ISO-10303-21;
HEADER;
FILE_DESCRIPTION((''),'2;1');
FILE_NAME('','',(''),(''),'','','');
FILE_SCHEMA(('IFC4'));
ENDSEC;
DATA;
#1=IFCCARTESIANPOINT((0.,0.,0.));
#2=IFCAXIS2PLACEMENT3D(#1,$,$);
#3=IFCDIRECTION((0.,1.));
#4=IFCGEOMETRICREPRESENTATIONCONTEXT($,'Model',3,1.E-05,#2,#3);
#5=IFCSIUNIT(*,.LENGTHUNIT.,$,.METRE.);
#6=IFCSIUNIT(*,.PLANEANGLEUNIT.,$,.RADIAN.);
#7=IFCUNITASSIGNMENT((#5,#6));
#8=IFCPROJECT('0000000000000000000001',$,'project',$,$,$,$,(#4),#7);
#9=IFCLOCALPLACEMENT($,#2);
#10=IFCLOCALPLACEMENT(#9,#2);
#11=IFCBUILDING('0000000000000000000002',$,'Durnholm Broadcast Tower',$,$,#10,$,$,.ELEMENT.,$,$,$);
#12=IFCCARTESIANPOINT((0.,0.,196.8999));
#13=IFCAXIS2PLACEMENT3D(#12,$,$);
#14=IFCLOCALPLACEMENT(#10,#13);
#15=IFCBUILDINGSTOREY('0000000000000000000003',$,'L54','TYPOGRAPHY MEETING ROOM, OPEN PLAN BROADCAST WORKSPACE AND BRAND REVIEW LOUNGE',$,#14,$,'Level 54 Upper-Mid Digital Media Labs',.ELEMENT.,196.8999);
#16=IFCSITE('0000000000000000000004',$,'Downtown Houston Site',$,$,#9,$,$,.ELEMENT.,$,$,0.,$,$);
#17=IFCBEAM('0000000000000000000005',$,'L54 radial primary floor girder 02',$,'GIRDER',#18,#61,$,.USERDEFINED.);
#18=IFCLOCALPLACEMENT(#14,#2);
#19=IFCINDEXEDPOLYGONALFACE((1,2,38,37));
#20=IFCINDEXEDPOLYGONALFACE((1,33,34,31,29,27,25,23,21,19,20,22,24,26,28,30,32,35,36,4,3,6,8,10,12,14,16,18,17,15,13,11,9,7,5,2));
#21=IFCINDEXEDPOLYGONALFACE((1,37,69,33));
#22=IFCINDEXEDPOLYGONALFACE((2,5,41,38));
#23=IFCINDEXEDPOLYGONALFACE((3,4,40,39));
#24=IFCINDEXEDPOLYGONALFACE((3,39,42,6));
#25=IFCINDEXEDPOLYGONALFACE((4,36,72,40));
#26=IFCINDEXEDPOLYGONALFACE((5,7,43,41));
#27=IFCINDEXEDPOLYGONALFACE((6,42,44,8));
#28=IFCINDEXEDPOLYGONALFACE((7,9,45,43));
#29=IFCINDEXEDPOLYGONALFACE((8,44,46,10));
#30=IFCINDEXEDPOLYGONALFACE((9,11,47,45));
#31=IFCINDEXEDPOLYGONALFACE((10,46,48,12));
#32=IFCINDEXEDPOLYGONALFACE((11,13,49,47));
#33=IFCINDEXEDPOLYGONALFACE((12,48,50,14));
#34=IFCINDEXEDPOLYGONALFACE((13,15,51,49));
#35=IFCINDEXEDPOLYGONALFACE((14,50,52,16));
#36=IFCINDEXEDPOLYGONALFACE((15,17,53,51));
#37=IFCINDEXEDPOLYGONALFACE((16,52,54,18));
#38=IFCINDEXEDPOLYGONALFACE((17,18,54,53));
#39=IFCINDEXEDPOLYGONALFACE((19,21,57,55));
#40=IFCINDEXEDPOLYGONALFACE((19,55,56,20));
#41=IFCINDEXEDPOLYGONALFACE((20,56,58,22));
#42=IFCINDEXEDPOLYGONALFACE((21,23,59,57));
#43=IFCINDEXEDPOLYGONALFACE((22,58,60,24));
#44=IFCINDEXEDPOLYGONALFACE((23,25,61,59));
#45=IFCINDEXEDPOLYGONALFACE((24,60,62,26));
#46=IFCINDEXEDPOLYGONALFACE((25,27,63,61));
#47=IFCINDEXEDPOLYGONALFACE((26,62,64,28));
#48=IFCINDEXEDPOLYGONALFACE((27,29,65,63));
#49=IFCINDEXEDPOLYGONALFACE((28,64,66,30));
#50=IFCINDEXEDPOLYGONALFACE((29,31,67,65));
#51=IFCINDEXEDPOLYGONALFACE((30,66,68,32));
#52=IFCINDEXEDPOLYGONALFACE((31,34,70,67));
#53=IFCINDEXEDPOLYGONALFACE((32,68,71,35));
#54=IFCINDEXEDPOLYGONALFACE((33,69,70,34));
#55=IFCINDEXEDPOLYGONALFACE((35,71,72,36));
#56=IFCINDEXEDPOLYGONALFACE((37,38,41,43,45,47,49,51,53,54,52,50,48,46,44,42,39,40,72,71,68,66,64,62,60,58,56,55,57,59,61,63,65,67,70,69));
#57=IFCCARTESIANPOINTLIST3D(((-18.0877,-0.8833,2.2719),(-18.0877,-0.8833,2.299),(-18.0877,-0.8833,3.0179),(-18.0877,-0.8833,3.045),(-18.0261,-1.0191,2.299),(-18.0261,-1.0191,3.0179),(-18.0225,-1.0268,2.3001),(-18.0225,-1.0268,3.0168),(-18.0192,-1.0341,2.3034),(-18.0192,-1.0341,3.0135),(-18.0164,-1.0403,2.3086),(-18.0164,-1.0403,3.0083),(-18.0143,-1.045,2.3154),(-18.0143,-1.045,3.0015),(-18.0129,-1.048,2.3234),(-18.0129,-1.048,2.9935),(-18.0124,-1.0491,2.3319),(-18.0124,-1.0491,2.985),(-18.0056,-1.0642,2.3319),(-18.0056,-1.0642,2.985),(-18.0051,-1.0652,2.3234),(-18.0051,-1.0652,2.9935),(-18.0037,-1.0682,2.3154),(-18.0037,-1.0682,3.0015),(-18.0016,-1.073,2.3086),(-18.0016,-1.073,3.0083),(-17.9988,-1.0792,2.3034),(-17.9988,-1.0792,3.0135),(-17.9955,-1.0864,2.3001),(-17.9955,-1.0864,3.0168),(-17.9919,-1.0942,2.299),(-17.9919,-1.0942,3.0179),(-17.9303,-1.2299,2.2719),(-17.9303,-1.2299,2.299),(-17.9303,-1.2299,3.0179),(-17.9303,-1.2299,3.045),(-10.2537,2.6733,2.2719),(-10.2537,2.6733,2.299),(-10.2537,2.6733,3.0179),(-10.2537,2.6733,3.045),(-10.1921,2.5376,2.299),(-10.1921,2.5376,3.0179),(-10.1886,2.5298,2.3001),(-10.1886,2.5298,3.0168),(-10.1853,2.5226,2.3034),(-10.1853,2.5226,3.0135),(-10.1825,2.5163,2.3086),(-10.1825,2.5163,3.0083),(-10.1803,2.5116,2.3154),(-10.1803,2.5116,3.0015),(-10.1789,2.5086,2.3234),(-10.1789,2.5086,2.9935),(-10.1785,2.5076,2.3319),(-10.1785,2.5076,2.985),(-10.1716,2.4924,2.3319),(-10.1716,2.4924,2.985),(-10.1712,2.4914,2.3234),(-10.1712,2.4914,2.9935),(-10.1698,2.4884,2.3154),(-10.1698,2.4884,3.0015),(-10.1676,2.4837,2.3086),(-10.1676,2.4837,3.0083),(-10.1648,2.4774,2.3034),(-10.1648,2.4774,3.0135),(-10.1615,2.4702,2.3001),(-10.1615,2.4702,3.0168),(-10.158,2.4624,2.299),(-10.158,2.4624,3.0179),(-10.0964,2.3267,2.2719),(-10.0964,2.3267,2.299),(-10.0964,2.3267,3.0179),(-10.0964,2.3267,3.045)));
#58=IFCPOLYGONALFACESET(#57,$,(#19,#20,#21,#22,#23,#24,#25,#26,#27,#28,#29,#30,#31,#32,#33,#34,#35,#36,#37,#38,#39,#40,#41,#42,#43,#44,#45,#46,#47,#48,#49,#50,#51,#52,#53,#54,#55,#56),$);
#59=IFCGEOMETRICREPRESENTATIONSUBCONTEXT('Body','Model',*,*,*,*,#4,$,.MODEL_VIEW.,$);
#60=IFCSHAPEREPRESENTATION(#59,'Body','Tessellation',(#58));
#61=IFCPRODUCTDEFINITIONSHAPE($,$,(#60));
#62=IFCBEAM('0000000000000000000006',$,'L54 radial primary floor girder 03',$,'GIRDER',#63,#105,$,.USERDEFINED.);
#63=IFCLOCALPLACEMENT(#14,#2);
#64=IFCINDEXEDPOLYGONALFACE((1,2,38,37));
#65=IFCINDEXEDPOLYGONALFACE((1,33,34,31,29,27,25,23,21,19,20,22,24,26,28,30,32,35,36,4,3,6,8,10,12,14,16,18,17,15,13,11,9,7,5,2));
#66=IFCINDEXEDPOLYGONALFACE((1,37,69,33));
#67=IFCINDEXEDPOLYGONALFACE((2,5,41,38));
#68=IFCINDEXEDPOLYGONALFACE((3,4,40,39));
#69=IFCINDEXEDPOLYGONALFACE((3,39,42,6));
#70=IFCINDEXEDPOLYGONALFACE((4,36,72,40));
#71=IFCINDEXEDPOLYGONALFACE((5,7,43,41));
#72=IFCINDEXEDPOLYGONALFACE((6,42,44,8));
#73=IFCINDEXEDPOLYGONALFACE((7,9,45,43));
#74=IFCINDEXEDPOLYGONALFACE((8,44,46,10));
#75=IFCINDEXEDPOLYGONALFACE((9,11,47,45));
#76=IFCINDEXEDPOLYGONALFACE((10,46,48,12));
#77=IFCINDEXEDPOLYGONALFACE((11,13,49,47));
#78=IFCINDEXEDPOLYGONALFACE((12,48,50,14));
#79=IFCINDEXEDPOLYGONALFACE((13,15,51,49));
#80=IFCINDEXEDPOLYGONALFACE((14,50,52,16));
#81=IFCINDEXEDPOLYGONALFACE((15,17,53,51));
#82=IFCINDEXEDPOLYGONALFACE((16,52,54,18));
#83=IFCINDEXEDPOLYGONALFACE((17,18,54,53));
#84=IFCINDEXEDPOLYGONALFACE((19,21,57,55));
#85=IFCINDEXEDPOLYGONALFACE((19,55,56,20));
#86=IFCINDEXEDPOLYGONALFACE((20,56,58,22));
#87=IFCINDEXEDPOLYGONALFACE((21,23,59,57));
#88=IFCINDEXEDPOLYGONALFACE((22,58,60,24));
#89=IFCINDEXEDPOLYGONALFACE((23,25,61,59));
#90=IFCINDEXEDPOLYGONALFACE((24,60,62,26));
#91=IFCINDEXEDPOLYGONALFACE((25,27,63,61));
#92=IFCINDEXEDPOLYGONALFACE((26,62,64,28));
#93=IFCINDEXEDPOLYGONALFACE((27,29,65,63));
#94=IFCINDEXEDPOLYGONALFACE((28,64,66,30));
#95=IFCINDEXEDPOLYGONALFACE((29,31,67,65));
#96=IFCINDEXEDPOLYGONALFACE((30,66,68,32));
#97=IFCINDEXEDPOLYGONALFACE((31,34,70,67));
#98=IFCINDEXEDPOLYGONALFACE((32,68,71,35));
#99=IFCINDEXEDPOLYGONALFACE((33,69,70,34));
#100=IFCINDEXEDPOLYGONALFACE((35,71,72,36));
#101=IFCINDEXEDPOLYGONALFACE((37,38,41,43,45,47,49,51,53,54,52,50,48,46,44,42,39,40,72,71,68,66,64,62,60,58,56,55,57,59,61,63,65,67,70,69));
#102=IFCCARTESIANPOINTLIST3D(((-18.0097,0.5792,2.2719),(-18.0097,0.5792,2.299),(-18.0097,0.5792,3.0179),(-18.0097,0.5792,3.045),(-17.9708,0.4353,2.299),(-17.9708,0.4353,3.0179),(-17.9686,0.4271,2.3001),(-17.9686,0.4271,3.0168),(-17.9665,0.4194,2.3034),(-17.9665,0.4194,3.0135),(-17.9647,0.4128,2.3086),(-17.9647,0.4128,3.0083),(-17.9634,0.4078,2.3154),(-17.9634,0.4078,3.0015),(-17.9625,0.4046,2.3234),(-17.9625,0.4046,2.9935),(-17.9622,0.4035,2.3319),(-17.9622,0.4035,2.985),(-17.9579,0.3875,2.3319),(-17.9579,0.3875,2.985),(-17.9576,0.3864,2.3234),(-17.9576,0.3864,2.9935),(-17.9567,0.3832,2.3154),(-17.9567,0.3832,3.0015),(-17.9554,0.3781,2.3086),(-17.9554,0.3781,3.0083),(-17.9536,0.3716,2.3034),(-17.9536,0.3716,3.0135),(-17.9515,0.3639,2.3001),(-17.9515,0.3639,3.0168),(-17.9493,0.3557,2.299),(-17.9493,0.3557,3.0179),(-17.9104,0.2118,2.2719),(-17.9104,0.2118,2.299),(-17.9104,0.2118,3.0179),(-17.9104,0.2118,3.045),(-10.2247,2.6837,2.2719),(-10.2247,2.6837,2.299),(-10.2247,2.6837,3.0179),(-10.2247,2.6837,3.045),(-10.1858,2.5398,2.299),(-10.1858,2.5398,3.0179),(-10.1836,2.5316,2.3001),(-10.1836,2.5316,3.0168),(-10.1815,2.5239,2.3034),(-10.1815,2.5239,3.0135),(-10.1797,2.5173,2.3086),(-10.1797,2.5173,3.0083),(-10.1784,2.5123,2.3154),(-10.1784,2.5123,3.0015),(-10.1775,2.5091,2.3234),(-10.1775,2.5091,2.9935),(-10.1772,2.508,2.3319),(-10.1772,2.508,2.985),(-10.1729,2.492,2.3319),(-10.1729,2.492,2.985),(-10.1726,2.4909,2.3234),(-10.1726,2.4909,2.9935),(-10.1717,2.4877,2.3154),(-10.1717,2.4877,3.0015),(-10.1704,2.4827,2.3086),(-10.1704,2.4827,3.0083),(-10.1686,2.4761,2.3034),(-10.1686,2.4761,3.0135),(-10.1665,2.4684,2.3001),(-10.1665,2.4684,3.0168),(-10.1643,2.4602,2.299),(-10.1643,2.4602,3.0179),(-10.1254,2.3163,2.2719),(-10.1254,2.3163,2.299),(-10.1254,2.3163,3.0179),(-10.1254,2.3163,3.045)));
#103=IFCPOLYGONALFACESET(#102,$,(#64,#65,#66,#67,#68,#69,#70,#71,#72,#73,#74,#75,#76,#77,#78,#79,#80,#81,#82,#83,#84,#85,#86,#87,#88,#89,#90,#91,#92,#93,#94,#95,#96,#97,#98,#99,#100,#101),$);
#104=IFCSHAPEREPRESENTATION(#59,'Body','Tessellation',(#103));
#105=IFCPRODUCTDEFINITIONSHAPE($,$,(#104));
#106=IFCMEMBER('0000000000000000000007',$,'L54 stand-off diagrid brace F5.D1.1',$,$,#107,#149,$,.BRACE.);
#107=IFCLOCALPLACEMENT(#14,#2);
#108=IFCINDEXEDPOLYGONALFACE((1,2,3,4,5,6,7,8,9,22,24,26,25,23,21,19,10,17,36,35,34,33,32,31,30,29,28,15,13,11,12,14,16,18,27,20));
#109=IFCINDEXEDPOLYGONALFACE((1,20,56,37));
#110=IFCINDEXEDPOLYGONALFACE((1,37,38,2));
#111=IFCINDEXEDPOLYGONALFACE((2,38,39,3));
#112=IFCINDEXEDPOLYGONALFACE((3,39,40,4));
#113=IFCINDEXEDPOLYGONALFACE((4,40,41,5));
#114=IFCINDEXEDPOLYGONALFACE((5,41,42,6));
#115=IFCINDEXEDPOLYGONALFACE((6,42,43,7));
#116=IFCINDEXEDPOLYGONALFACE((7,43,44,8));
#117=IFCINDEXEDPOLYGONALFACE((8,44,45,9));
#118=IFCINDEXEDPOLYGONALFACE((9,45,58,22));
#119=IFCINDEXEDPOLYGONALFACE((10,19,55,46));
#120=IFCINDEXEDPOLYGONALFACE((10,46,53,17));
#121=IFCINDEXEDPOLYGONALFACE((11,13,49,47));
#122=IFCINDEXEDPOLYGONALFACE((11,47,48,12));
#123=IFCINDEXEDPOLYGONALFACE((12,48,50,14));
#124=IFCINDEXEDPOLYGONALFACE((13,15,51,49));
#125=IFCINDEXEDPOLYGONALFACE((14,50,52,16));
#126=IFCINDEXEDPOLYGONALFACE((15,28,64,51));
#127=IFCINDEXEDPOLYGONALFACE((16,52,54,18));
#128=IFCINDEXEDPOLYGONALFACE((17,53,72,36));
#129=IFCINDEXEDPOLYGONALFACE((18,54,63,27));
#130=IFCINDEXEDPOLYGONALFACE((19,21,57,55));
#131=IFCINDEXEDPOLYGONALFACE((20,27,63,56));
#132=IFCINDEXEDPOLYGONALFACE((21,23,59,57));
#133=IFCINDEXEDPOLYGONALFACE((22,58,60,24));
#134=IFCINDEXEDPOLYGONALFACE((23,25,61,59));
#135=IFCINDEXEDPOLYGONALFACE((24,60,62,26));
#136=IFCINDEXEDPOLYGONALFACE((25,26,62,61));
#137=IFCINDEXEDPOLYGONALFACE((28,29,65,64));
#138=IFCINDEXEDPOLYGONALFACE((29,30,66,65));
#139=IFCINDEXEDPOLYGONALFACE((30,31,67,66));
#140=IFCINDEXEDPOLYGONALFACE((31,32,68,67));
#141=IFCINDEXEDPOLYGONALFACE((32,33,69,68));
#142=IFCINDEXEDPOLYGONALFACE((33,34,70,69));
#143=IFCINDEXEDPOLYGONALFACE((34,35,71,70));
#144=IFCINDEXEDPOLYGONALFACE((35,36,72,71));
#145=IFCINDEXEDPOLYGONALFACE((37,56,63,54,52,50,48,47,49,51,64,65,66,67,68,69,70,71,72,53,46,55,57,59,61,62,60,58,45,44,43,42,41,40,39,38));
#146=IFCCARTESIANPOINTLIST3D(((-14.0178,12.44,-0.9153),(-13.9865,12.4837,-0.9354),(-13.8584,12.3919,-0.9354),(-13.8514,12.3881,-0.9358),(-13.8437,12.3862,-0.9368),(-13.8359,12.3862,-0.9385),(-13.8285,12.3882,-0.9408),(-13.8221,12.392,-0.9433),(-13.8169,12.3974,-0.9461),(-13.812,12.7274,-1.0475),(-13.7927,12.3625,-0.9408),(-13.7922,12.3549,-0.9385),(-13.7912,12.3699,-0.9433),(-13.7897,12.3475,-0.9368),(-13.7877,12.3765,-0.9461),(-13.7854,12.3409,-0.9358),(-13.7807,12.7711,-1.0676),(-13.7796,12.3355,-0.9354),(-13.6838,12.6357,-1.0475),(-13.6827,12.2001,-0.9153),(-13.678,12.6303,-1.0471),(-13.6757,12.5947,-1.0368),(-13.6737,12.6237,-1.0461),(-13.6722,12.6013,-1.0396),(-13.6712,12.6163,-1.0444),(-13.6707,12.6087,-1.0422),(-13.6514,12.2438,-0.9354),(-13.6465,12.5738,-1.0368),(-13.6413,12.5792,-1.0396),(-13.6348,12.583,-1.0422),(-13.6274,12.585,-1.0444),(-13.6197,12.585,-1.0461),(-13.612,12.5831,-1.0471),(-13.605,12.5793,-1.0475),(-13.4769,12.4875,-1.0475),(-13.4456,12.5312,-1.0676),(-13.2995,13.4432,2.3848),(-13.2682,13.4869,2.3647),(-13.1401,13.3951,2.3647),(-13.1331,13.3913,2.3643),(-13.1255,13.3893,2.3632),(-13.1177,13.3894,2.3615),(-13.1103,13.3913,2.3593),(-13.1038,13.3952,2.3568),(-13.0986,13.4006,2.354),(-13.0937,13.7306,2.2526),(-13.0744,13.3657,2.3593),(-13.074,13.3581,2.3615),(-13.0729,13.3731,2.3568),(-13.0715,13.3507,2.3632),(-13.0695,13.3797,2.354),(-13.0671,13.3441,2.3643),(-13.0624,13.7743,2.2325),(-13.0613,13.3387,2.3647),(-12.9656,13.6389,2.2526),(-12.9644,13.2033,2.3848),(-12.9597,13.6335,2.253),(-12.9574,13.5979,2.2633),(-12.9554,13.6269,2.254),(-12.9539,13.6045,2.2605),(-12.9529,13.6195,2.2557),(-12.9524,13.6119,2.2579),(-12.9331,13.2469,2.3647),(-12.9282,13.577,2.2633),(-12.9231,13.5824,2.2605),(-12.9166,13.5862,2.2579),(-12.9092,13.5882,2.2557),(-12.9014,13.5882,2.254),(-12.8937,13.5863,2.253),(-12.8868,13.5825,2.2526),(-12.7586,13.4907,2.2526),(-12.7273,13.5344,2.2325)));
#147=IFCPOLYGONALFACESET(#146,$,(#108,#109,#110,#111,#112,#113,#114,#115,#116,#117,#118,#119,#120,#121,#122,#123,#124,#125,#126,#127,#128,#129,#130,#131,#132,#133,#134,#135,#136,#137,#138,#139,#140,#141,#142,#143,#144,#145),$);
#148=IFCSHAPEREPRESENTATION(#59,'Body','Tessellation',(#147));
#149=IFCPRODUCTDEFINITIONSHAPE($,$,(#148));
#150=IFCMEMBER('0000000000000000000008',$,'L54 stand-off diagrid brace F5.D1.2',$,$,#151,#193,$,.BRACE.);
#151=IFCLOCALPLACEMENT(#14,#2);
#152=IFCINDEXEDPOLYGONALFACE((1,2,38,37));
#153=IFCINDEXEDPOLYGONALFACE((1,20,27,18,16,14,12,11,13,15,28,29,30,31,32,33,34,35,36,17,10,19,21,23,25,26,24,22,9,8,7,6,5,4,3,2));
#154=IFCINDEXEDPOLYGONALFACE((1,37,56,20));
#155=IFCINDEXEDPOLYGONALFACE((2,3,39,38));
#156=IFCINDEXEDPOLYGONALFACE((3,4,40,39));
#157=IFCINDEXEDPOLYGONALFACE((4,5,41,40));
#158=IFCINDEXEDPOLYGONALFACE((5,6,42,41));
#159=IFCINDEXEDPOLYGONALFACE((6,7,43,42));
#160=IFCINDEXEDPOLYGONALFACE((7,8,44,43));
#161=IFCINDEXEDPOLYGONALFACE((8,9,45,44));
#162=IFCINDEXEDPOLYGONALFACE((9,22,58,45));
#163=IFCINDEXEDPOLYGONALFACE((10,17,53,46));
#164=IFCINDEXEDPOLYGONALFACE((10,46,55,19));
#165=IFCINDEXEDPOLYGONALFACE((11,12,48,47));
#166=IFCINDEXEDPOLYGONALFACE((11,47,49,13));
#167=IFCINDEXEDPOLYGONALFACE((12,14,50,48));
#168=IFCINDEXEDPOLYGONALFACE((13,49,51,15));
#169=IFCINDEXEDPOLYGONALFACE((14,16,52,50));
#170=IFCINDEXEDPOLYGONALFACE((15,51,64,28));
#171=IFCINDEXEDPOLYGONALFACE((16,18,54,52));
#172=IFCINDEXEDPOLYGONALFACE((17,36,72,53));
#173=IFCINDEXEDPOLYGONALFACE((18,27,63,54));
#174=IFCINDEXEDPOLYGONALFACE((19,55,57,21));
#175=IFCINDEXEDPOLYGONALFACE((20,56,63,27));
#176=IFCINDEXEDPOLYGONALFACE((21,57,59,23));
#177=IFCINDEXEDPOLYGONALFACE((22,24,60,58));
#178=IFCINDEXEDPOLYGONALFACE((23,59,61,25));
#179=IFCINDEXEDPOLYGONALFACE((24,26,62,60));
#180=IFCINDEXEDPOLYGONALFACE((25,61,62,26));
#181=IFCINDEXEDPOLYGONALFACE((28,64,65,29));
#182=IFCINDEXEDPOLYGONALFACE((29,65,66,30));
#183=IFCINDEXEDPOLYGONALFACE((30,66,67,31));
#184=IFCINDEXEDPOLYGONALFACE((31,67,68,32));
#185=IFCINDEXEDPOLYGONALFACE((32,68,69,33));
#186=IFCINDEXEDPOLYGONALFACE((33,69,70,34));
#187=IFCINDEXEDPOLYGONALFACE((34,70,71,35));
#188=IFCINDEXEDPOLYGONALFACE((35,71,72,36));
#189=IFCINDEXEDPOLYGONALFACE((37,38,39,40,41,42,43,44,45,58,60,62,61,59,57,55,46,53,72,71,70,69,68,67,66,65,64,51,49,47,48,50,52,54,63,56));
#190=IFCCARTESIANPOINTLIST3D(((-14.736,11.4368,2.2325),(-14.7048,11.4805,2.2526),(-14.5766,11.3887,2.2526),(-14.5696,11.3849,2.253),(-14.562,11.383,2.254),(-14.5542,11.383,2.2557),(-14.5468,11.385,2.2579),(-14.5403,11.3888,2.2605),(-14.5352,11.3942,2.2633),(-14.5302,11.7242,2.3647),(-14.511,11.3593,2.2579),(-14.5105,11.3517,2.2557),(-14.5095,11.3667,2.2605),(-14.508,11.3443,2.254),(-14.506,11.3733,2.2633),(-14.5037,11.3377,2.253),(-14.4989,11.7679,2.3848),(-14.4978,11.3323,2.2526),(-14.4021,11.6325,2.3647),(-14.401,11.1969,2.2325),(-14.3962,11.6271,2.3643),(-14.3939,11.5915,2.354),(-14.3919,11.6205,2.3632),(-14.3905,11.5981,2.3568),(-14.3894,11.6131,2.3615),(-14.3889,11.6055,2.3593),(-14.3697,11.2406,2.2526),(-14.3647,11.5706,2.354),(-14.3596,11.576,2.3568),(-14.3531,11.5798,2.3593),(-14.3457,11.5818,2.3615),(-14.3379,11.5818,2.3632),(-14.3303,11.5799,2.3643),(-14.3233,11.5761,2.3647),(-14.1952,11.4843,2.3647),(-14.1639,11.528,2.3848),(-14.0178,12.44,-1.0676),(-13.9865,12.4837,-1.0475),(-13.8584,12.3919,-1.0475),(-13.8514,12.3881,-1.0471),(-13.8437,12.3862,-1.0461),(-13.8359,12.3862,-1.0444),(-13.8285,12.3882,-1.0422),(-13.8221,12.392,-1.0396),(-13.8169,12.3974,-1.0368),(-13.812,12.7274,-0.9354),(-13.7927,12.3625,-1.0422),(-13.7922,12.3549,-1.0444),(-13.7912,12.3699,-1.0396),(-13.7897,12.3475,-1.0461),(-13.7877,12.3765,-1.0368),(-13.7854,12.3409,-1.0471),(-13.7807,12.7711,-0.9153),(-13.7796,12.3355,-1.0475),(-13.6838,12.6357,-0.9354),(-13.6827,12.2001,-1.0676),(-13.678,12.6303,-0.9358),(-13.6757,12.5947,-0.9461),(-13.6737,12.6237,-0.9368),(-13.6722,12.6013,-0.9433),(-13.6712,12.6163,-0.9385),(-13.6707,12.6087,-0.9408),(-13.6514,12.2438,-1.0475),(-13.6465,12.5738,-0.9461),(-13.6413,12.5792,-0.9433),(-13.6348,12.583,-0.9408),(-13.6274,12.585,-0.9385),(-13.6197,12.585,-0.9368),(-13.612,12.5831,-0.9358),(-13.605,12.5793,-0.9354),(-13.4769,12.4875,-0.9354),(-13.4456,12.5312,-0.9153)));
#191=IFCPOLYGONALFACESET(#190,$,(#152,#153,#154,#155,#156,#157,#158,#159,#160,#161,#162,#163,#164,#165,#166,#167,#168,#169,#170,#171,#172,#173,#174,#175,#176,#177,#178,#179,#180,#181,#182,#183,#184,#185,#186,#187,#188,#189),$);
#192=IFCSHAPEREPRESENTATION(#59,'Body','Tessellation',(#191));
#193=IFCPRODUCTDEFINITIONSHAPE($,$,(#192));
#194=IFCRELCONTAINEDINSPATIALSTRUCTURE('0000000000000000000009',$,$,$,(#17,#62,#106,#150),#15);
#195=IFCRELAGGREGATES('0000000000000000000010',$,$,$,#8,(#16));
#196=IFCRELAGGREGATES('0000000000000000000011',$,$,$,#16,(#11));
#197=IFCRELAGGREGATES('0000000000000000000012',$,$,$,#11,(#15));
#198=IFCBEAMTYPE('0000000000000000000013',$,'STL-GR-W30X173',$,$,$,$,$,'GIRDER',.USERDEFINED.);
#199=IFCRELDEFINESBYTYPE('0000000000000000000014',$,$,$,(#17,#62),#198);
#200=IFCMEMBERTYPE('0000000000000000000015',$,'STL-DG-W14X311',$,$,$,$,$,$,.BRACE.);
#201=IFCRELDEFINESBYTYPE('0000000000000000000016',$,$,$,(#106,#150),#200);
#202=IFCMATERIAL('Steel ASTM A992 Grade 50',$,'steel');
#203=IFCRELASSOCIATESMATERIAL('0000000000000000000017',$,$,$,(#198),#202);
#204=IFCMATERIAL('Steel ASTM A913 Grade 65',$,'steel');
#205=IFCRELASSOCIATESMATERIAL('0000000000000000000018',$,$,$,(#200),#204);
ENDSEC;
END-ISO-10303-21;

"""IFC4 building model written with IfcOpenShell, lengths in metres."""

from ifc_helpers import new_model, si_unit, direction, frame, origin, origin_2d, place, context, subcontext, project, spatial, i_section, extrude, source, transform, mapped, material, material_profile, profile_set, type_object, type_shapes, element, save


model = new_model("IFC4")

# Units and contexts
model_context = context("Model", 3, precision=1e-05, world=origin(), true_north=direction((0.0, 1.0)))
body_context = subcontext(model_context, "Body", "Model", "MODEL_VIEW")
ifc_project = project(units=[si_unit("LENGTHUNIT", "METRE"), si_unit("PLANEANGLEUNIT", "RADIAN")], contexts=[model_context])

# Site, building, storey
site_placement = place(None, origin())
site = spatial("IfcSite", under=ifc_project, at=site_placement, Name="Downtown Houston Site", CompositionType="ELEMENT", RefElevation=0.0)
building_placement = place(site_placement, origin())
building = spatial("IfcBuilding", under=site, at=building_placement, Name="Durnholm Broadcast Tower", CompositionType="ELEMENT")
storey_placement = place(building_placement, frame((0.0, 0.0, 196.8999)))
storey = spatial("IfcBuildingStorey", under=building, at=storey_placement, Name="L54", Description="TYPOGRAPHY MEETING ROOM, OPEN PLAN BROADCAST WORKSPACE AND BRAND REVIEW LOUNGE", LongName="Level 54 Upper-Mid Digital Media Labs", CompositionType="ELEMENT", Elevation=196.8999)

# Beams
ifc_material_1 = material(Name="Steel ASTM A992 Grade 50", Category="steel")
ifc_material_profile_1 = material_profile(ifc_material_1, i_section(OverallWidth=0.3806, OverallDepth=0.7732, WebThickness=0.0166, FlangeThickness=0.0271, FilletRadius=0.033, at=origin_2d()), Name="W30X173")
ifc_profile_set_1 = profile_set([ifc_material_profile_1], Name="Steel ASTM A992 Grade 50")
beam_type_1 = type_object("IfcBeamType", Name="STL-GR-W30X173", ElementType="GIRDER", PredefinedType="USERDEFINED", material=ifc_profile_set_1)
shared_shape_1 = source(origin(), body_context, "Body", "SweptSolid", [
    extrude(i_section(OverallWidth=0.3806, OverallDepth=0.7732, WebThickness=0.0166, FlangeThickness=0.0271, FilletRadius=0.033, at=origin_2d()), origin(), (0.0, 0.0, 1.0), 8.6035),
])
beam_1_placement = place(storey_placement, frame((-10.175, 2.5, 2.6584), z_axis=(-0.910553, -0.413392, 0.0), x_axis=(0.413392, -0.910553, 0.0)))
element("IfcBeam", 1, at=beam_1_placement, inside=storey, type_object=beam_type_1, Name="L54 radial primary floor girder 02", ObjectType="GIRDER", PredefinedType="USERDEFINED", context=body_context, shape_type="MappedRepresentation", body=[
    mapped(shared_shape_1, transform((0.0, 0.0, 0.0), x_axis=(1.0, 0.0, 0.0), y_axis=(0.0, 1.0, 0.0), z_axis=(0.0, 0.0, 1.0), scale=1.0)),
])
shared_shape_2 = source(origin(), body_context, "Body", "SweptSolid", [
    extrude(i_section(OverallWidth=0.3806, OverallDepth=0.7732, WebThickness=0.0166, FlangeThickness=0.0271, FilletRadius=0.033, at=origin_2d()), origin(), (0.0, 0.0, 1.0), 8.0645),
])
type_shapes(beam_type_1, [shared_shape_1, shared_shape_2])
beam_2_placement = place(storey_placement, frame((-10.175, 2.5, 2.6584), z_axis=(-0.965349, -0.260962, 0.0), x_axis=(0.260962, -0.965349, 0.0)))
element("IfcBeam", 2, at=beam_2_placement, inside=storey, type_object=beam_type_1, Name="L54 radial primary floor girder 03", ObjectType="GIRDER", PredefinedType="USERDEFINED", context=body_context, shape_type="MappedRepresentation", body=[
    mapped(shared_shape_2, transform((0.0, 0.0, 0.0), x_axis=(1.0, 0.0, 0.0), y_axis=(0.0, 1.0, 0.0), z_axis=(0.0, 0.0, 1.0), scale=1.0)),
])

# Members
ifc_material_2 = material(Name="Steel ASTM A913 Grade 65", Category="steel")
ifc_material_profile_2 = material_profile(ifc_material_2, i_section(OverallWidth=0.4121, OverallDepth=0.4348, WebThickness=0.0359, FlangeThickness=0.0574, FilletRadius=0.0305, at=origin_2d()), Name="W14X311")
ifc_profile_set_2 = profile_set([ifc_material_profile_2], Name="Steel ASTM A913 Grade 65")
member_type_1 = type_object("IfcMemberType", Name="STL-DG-W14X311", PredefinedType="BRACE", material=ifc_profile_set_2)
shared_shape_3 = source(origin(), body_context, "Body", "SweptSolid", [
    extrude(i_section(OverallWidth=0.4121, OverallDepth=0.4348, WebThickness=0.0359, FlangeThickness=0.0574, FilletRadius=0.0305, at=origin_2d()), origin(), (0.0, 0.0, 1.0), 3.5232),
])
type_shapes(member_type_1, [shared_shape_3])
for number, where, z_axis, x_axis, name in (
    (3, (-13.7317, 12.4856, -0.9915), (0.203869, 0.284738, 0.936676), (-0.813078, 0.582155, 0.0), "L54 stand-off diagrid brace F5.D1.1"),
    (4, (-13.7317, 12.4856, -0.9915), (-0.203869, -0.284738, 0.936676), (0.813078, -0.582155, 0.0), "L54 stand-off diagrid brace F5.D1.2"),
):
    element("IfcMember", number, at=place(storey_placement, frame(where, z_axis=z_axis, x_axis=x_axis)), inside=storey, type_object=member_type_1, Name=name, PredefinedType="BRACE", context=body_context, shape_type="MappedRepresentation", body=[
        mapped(shared_shape_3, transform((0.0, 0.0, 0.0), x_axis=(1.0, 0.0, 0.0), y_axis=(0.0, 1.0, 0.0), z_axis=(0.0, 0.0, 1.0), scale=1.0)),
    ])

save(model, "model.ifc")
